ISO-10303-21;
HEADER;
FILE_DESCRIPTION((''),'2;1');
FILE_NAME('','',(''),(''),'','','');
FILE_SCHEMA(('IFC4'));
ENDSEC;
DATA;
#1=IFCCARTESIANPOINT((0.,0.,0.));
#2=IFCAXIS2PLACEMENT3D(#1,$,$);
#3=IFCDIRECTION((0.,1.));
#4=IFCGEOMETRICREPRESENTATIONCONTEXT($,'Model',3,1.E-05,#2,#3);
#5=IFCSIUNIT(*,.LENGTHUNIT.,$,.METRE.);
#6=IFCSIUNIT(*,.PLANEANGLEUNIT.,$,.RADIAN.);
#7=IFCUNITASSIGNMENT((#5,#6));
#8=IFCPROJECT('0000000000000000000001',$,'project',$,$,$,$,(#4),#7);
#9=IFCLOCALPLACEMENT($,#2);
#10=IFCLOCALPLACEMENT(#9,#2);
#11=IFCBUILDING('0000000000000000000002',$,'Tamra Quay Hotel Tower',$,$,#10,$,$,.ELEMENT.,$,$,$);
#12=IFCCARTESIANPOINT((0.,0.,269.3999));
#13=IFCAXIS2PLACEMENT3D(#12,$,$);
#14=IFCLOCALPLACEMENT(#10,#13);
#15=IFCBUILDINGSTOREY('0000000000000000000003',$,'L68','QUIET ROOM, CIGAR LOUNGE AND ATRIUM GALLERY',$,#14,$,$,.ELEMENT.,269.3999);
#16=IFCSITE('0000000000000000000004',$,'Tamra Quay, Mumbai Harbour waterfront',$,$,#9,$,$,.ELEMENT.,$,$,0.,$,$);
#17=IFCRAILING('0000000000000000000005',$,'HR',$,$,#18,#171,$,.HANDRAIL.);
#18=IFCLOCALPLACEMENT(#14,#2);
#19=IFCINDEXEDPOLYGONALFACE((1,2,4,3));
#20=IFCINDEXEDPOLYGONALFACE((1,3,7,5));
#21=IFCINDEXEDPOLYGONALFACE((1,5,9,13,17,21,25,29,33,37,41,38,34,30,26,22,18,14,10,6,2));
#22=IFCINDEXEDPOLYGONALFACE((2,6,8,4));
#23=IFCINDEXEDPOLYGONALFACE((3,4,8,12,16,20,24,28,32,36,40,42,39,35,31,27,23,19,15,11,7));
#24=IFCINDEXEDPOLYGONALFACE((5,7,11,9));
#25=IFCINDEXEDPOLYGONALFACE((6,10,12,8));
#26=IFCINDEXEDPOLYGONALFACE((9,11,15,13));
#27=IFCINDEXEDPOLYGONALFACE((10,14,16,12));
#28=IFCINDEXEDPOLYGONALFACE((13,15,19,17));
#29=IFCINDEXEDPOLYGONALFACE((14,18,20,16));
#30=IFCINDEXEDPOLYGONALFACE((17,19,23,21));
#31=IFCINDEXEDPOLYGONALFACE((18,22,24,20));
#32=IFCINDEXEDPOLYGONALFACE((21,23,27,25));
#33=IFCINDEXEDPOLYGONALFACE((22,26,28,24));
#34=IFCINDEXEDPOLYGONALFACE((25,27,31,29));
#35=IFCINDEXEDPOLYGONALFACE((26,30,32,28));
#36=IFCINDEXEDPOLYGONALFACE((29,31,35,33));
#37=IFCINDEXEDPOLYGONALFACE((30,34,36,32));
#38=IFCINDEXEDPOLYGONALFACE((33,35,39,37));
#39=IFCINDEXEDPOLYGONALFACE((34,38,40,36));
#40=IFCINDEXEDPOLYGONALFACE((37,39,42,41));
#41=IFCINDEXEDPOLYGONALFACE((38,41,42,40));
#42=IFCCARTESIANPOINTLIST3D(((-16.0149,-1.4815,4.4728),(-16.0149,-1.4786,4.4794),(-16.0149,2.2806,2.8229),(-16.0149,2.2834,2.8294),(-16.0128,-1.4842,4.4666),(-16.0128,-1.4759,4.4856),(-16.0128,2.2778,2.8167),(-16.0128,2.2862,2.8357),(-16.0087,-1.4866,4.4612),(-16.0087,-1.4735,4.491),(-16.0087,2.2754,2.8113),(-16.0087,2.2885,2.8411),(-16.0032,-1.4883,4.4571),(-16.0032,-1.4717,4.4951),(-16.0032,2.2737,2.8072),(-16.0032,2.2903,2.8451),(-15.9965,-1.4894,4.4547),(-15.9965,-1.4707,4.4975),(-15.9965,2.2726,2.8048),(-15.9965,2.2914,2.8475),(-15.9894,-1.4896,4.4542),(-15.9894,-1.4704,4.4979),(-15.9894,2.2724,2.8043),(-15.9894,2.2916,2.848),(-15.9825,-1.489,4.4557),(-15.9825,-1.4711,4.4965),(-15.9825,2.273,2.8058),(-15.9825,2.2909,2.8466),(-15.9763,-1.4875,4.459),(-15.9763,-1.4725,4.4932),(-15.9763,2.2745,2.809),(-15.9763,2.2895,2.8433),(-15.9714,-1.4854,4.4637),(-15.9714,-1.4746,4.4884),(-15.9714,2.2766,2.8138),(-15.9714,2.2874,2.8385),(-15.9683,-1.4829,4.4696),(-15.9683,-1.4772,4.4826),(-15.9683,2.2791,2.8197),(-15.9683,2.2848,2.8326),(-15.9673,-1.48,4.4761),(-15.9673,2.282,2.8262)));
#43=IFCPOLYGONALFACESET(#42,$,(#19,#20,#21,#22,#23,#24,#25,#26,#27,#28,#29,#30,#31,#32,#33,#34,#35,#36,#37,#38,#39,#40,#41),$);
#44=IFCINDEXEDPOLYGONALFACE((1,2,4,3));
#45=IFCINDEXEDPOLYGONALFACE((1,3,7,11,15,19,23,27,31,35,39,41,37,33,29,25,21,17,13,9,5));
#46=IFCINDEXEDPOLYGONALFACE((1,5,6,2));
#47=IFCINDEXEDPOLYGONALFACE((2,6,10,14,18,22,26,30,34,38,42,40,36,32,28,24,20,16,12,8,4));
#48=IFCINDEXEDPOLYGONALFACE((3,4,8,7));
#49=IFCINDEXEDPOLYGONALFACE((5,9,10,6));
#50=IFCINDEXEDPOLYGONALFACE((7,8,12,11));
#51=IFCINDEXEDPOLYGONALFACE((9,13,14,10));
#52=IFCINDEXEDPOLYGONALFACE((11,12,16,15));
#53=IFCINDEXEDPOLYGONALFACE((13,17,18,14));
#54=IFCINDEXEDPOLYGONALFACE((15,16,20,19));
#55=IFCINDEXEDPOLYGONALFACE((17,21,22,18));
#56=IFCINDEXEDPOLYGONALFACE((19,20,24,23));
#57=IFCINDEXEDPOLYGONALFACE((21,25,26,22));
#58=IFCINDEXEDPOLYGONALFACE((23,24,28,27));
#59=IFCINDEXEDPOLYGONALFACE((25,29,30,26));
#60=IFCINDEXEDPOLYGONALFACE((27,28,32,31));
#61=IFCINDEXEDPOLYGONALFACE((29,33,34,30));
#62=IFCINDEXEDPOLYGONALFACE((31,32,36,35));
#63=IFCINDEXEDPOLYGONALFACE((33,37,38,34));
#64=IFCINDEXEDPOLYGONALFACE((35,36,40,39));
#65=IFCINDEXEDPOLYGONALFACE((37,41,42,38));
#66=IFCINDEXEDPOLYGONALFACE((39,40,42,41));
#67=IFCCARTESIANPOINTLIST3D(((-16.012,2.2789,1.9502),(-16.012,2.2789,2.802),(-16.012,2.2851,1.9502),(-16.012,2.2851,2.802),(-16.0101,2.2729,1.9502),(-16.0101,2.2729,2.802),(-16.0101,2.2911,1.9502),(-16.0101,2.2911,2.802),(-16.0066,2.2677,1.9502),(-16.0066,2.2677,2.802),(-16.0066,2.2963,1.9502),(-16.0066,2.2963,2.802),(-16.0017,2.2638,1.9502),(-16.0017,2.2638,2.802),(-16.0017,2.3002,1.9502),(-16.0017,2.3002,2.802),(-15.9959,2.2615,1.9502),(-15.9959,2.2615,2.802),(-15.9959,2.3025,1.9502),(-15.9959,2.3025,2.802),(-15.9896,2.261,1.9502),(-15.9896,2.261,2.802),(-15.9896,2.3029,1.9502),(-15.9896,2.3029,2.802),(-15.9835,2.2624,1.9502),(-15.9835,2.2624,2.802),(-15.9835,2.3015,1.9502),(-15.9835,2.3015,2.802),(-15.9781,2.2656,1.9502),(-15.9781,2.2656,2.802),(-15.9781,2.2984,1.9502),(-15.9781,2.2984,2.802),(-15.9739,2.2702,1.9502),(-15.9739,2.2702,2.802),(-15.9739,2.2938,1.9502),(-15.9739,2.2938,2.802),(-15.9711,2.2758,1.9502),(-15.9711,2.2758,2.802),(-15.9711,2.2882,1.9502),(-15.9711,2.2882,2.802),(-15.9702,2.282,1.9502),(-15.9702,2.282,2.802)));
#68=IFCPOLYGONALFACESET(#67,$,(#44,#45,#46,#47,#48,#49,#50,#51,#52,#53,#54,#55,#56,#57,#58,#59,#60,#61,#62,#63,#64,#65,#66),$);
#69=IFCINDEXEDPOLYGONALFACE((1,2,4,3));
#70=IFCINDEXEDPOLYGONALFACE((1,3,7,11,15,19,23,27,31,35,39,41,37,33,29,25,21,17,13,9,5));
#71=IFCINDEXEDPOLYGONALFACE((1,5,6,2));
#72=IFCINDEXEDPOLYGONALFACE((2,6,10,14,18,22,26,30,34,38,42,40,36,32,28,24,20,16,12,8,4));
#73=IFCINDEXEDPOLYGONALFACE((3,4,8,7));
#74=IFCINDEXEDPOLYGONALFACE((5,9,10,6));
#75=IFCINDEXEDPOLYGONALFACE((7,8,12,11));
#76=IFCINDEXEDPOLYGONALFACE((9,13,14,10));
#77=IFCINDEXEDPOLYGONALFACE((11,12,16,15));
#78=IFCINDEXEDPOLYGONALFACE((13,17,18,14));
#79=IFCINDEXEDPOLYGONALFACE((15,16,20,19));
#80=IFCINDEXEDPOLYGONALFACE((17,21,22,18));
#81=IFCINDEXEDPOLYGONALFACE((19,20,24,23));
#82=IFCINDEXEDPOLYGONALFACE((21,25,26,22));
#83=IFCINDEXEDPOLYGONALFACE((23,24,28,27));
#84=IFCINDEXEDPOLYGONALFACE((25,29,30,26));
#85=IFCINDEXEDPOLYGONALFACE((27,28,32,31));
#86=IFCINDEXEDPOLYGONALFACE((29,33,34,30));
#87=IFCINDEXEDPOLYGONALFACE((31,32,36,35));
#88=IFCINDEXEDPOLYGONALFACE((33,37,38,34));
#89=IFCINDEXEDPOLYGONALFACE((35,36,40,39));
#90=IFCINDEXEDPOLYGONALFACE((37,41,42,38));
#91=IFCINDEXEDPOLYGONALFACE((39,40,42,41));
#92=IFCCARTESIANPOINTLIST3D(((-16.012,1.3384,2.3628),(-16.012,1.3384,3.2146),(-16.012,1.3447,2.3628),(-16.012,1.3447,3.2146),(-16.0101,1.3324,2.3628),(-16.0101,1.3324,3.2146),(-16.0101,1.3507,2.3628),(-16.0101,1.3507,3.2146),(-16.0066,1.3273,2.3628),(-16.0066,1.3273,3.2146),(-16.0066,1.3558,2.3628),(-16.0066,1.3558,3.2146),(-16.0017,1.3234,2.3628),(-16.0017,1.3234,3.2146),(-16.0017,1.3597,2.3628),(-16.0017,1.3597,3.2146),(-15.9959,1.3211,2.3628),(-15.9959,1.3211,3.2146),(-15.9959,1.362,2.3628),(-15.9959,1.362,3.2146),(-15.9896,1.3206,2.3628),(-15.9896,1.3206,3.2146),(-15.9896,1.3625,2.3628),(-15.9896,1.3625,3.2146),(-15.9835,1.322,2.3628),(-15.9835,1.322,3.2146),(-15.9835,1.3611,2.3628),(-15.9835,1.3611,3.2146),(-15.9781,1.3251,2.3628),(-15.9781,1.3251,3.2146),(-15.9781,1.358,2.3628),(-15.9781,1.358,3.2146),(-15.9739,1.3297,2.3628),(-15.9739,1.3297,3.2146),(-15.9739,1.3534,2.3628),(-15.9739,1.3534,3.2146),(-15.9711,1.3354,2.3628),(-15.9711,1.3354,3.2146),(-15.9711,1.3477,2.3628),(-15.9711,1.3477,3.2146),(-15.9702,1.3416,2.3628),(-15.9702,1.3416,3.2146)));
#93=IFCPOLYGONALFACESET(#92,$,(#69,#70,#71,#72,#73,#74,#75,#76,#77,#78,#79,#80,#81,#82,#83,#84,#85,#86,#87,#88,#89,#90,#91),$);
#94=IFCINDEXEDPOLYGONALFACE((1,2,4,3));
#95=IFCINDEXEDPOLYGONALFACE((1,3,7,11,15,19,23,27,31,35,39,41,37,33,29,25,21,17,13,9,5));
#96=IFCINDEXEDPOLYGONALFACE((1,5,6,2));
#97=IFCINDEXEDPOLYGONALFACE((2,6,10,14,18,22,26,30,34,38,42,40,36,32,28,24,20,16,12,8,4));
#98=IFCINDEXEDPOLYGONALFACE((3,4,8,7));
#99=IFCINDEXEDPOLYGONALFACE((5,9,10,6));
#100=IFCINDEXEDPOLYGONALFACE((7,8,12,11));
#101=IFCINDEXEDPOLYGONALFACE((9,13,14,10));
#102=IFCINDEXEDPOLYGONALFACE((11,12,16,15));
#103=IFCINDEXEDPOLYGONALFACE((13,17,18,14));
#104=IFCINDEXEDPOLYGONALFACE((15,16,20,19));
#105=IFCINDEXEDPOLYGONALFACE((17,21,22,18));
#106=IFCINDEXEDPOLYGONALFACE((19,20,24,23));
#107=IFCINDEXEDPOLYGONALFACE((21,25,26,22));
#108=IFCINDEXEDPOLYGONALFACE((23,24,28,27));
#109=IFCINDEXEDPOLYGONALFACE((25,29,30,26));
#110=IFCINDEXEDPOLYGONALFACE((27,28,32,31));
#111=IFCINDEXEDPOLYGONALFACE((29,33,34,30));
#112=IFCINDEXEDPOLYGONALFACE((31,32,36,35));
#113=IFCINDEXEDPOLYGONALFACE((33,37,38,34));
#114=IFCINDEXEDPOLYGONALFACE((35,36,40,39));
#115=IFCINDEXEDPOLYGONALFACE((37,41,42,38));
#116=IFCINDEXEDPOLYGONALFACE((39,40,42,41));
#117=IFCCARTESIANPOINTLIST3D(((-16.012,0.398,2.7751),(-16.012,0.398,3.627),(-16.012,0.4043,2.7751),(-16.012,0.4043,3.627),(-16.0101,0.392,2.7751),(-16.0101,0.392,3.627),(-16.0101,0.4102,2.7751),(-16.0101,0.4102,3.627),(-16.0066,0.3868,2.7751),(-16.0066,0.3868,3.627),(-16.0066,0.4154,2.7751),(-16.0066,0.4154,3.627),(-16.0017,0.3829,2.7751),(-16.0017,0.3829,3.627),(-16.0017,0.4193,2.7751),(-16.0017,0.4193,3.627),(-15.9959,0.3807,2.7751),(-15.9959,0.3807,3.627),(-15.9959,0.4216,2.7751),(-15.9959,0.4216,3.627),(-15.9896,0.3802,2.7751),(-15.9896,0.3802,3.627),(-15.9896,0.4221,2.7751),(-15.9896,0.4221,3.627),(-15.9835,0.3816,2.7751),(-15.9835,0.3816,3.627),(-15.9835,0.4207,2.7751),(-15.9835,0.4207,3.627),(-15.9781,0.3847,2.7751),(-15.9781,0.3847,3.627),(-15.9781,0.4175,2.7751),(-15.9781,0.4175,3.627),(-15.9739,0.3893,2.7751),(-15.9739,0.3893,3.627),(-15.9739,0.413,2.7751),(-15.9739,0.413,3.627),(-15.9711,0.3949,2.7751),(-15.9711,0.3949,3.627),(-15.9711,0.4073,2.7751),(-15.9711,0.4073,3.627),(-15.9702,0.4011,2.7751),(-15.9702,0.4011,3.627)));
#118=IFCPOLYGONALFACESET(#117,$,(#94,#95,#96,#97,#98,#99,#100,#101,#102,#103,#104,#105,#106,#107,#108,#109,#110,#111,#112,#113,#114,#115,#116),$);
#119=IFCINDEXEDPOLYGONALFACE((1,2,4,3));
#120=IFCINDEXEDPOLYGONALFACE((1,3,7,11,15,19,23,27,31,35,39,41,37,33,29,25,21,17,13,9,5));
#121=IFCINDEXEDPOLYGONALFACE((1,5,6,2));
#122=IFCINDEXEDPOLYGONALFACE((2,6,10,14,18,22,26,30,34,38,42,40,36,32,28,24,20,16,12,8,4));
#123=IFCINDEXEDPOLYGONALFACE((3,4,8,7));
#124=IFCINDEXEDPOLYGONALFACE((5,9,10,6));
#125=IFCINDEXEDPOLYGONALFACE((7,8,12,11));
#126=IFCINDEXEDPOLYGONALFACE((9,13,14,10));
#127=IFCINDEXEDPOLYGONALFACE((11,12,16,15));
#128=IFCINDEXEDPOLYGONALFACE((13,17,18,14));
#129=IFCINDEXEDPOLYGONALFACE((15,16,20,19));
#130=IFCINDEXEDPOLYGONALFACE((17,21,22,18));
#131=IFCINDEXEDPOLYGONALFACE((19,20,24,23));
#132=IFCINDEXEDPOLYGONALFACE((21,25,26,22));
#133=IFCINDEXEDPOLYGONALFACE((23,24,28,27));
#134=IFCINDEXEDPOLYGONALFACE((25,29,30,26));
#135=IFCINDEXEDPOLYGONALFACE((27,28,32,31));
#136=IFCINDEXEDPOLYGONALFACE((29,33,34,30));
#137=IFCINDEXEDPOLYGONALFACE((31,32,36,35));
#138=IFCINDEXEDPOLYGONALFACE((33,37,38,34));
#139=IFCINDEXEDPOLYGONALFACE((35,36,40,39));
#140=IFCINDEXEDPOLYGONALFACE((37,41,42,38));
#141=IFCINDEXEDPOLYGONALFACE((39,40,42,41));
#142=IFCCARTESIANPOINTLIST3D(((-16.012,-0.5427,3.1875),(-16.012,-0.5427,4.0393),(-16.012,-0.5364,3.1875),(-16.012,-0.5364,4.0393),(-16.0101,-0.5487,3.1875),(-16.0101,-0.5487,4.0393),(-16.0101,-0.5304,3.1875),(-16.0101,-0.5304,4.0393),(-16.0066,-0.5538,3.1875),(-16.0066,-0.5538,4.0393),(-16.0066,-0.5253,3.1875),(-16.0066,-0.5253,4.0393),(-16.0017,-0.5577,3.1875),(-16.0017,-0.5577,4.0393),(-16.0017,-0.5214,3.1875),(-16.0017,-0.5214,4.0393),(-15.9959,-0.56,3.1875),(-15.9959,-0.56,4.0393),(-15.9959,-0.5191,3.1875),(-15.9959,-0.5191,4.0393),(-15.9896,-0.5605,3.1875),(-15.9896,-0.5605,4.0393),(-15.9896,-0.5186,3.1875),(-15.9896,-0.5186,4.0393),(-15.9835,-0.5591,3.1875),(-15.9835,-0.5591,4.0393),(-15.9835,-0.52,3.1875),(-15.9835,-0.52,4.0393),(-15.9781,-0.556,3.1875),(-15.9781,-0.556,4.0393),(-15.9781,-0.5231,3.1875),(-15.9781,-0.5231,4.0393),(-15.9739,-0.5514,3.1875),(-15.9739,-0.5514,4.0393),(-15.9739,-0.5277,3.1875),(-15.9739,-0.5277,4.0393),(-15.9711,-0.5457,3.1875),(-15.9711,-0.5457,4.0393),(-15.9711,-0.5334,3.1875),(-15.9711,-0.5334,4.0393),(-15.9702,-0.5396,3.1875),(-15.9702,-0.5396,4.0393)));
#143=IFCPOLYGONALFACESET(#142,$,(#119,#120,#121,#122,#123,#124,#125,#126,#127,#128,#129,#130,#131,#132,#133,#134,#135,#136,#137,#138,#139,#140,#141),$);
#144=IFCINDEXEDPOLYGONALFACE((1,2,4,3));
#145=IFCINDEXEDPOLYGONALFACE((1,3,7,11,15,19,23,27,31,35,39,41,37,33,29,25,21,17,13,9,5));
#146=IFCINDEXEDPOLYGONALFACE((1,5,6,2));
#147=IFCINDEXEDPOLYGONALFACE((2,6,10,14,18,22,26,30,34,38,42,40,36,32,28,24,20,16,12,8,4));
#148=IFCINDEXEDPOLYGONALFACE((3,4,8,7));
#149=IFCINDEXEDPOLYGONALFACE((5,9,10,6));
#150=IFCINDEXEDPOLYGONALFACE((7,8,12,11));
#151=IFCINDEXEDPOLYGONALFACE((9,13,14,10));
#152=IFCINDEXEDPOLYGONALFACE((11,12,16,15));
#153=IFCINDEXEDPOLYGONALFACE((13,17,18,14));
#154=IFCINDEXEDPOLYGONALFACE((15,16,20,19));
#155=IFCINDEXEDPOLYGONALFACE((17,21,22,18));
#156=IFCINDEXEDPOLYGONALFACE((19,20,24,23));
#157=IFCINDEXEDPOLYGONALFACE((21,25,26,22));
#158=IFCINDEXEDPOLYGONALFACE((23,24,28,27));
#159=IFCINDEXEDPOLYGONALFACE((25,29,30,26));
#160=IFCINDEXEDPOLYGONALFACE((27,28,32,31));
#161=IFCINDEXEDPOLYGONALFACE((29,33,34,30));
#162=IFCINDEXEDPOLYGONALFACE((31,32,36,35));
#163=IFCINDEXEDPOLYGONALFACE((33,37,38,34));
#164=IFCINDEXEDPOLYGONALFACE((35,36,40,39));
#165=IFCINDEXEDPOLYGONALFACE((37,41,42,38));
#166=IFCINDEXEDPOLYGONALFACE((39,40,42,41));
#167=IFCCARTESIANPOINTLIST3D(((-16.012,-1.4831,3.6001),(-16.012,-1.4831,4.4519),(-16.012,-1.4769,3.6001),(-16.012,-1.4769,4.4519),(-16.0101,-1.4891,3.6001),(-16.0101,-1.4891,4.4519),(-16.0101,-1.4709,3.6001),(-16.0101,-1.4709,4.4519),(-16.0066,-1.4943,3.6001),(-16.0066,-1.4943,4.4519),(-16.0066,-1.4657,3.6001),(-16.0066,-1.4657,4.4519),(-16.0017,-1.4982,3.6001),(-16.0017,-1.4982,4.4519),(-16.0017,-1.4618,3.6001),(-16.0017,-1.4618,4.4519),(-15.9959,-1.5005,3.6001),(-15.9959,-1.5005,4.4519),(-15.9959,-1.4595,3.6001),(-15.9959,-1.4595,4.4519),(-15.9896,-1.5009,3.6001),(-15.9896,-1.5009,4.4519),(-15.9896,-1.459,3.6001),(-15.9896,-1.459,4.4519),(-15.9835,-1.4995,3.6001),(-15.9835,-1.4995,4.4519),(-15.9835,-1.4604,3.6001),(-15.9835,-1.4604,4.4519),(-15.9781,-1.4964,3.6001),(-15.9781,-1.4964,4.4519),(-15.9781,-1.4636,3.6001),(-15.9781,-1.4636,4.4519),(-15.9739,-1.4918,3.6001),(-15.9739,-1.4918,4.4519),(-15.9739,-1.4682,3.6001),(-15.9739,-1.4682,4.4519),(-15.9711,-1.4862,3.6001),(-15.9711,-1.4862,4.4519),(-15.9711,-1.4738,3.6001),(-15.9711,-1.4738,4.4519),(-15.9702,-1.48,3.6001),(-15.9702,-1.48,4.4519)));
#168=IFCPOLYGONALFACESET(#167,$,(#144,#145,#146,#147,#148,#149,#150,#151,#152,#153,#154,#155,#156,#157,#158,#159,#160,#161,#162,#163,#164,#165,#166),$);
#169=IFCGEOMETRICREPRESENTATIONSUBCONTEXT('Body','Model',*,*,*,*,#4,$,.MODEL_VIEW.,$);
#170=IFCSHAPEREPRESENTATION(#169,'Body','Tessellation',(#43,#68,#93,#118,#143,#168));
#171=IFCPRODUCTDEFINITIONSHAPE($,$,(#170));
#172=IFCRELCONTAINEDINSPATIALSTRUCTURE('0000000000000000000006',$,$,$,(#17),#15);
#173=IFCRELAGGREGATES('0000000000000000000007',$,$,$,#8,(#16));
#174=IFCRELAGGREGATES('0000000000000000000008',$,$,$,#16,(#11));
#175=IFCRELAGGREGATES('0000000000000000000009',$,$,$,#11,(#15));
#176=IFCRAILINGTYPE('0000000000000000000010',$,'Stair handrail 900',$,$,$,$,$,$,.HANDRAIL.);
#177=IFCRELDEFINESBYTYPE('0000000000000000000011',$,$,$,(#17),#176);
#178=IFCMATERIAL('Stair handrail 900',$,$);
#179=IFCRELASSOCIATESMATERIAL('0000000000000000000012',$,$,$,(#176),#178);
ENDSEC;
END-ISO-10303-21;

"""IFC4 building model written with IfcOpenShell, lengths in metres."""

from ifc_helpers import new_model, si_unit, direction, frame, origin, origin_2d, place, context, subcontext, project, spatial, circle, extrude, material, type_object, element, save


model = new_model("IFC4")

# Units and contexts
model_context = context("Model", 3, precision=1e-05, world=origin(), true_north=direction((0.0, 1.0)))
body_context = subcontext(model_context, "Body", "Model", "MODEL_VIEW")
ifc_project = project(units=[si_unit("LENGTHUNIT", "METRE"), si_unit("PLANEANGLEUNIT", "RADIAN")], contexts=[model_context])

# Site, building, storey
site_placement = place(None, origin())
site = spatial("IfcSite", under=ifc_project, at=site_placement, Name="Tamra Quay, Mumbai Harbour waterfront", CompositionType="ELEMENT", RefElevation=0.0)
building_placement = place(site_placement, origin())
building = spatial("IfcBuilding", under=site, at=building_placement, Name="Tamra Quay Hotel Tower", CompositionType="ELEMENT")
storey_placement = place(building_placement, frame((0.0, 0.0, 269.3999)))
storey = spatial("IfcBuildingStorey", under=building, at=storey_placement, Name="L68", Description="QUIET ROOM, CIGAR LOUNGE AND ATRIUM GALLERY", CompositionType="ELEMENT", Elevation=269.3999)

# Railing
ifc_material_1 = material(Name="Stair handrail 900")
railing_type = type_object("IfcRailingType", Name="Stair handrail 900", PredefinedType="HANDRAIL", material=ifc_material_1)
railing_placement = place(storey_placement, frame((-15.9912, 2.282, 1.9502)))
element("IfcRailing", 1, at=railing_placement, inside=storey, type_object=railing_type, Name="HR", PredefinedType="HANDRAIL", context=body_context, shape_type="SweptSolid", body=[
    extrude(circle(Radius=0.0239, at=origin_2d()), frame((0.0, 0.0, 0.876), z_axis=(0.0, -0.915795, 0.401645), x_axis=(1.0, 0.0, 0.0)), (0.0, 0.0, 1.0), 4.1079),
    extrude(circle(Radius=0.021, at=origin_2d()), origin(), (0.0, 0.0, 1.0), 0.8518),
    extrude(circle(Radius=0.021, at=origin_2d()), frame((0.0, -0.9404, 0.4126)), (0.0, 0.0, 1.0), 0.8518),
    extrude(circle(Radius=0.021, at=origin_2d()), frame((0.0, -1.8809, 0.825)), (0.0, 0.0, 1.0), 0.8518),
    extrude(circle(Radius=0.021, at=origin_2d()), frame((0.0, -2.8215, 1.2373)), (0.0, 0.0, 1.0), 0.8518),
    extrude(circle(Radius=0.021, at=origin_2d()), frame((0.0, -3.762, 1.6499)), (0.0, 0.0, 1.0), 0.8518),
])

save(model, "model.ifc")
